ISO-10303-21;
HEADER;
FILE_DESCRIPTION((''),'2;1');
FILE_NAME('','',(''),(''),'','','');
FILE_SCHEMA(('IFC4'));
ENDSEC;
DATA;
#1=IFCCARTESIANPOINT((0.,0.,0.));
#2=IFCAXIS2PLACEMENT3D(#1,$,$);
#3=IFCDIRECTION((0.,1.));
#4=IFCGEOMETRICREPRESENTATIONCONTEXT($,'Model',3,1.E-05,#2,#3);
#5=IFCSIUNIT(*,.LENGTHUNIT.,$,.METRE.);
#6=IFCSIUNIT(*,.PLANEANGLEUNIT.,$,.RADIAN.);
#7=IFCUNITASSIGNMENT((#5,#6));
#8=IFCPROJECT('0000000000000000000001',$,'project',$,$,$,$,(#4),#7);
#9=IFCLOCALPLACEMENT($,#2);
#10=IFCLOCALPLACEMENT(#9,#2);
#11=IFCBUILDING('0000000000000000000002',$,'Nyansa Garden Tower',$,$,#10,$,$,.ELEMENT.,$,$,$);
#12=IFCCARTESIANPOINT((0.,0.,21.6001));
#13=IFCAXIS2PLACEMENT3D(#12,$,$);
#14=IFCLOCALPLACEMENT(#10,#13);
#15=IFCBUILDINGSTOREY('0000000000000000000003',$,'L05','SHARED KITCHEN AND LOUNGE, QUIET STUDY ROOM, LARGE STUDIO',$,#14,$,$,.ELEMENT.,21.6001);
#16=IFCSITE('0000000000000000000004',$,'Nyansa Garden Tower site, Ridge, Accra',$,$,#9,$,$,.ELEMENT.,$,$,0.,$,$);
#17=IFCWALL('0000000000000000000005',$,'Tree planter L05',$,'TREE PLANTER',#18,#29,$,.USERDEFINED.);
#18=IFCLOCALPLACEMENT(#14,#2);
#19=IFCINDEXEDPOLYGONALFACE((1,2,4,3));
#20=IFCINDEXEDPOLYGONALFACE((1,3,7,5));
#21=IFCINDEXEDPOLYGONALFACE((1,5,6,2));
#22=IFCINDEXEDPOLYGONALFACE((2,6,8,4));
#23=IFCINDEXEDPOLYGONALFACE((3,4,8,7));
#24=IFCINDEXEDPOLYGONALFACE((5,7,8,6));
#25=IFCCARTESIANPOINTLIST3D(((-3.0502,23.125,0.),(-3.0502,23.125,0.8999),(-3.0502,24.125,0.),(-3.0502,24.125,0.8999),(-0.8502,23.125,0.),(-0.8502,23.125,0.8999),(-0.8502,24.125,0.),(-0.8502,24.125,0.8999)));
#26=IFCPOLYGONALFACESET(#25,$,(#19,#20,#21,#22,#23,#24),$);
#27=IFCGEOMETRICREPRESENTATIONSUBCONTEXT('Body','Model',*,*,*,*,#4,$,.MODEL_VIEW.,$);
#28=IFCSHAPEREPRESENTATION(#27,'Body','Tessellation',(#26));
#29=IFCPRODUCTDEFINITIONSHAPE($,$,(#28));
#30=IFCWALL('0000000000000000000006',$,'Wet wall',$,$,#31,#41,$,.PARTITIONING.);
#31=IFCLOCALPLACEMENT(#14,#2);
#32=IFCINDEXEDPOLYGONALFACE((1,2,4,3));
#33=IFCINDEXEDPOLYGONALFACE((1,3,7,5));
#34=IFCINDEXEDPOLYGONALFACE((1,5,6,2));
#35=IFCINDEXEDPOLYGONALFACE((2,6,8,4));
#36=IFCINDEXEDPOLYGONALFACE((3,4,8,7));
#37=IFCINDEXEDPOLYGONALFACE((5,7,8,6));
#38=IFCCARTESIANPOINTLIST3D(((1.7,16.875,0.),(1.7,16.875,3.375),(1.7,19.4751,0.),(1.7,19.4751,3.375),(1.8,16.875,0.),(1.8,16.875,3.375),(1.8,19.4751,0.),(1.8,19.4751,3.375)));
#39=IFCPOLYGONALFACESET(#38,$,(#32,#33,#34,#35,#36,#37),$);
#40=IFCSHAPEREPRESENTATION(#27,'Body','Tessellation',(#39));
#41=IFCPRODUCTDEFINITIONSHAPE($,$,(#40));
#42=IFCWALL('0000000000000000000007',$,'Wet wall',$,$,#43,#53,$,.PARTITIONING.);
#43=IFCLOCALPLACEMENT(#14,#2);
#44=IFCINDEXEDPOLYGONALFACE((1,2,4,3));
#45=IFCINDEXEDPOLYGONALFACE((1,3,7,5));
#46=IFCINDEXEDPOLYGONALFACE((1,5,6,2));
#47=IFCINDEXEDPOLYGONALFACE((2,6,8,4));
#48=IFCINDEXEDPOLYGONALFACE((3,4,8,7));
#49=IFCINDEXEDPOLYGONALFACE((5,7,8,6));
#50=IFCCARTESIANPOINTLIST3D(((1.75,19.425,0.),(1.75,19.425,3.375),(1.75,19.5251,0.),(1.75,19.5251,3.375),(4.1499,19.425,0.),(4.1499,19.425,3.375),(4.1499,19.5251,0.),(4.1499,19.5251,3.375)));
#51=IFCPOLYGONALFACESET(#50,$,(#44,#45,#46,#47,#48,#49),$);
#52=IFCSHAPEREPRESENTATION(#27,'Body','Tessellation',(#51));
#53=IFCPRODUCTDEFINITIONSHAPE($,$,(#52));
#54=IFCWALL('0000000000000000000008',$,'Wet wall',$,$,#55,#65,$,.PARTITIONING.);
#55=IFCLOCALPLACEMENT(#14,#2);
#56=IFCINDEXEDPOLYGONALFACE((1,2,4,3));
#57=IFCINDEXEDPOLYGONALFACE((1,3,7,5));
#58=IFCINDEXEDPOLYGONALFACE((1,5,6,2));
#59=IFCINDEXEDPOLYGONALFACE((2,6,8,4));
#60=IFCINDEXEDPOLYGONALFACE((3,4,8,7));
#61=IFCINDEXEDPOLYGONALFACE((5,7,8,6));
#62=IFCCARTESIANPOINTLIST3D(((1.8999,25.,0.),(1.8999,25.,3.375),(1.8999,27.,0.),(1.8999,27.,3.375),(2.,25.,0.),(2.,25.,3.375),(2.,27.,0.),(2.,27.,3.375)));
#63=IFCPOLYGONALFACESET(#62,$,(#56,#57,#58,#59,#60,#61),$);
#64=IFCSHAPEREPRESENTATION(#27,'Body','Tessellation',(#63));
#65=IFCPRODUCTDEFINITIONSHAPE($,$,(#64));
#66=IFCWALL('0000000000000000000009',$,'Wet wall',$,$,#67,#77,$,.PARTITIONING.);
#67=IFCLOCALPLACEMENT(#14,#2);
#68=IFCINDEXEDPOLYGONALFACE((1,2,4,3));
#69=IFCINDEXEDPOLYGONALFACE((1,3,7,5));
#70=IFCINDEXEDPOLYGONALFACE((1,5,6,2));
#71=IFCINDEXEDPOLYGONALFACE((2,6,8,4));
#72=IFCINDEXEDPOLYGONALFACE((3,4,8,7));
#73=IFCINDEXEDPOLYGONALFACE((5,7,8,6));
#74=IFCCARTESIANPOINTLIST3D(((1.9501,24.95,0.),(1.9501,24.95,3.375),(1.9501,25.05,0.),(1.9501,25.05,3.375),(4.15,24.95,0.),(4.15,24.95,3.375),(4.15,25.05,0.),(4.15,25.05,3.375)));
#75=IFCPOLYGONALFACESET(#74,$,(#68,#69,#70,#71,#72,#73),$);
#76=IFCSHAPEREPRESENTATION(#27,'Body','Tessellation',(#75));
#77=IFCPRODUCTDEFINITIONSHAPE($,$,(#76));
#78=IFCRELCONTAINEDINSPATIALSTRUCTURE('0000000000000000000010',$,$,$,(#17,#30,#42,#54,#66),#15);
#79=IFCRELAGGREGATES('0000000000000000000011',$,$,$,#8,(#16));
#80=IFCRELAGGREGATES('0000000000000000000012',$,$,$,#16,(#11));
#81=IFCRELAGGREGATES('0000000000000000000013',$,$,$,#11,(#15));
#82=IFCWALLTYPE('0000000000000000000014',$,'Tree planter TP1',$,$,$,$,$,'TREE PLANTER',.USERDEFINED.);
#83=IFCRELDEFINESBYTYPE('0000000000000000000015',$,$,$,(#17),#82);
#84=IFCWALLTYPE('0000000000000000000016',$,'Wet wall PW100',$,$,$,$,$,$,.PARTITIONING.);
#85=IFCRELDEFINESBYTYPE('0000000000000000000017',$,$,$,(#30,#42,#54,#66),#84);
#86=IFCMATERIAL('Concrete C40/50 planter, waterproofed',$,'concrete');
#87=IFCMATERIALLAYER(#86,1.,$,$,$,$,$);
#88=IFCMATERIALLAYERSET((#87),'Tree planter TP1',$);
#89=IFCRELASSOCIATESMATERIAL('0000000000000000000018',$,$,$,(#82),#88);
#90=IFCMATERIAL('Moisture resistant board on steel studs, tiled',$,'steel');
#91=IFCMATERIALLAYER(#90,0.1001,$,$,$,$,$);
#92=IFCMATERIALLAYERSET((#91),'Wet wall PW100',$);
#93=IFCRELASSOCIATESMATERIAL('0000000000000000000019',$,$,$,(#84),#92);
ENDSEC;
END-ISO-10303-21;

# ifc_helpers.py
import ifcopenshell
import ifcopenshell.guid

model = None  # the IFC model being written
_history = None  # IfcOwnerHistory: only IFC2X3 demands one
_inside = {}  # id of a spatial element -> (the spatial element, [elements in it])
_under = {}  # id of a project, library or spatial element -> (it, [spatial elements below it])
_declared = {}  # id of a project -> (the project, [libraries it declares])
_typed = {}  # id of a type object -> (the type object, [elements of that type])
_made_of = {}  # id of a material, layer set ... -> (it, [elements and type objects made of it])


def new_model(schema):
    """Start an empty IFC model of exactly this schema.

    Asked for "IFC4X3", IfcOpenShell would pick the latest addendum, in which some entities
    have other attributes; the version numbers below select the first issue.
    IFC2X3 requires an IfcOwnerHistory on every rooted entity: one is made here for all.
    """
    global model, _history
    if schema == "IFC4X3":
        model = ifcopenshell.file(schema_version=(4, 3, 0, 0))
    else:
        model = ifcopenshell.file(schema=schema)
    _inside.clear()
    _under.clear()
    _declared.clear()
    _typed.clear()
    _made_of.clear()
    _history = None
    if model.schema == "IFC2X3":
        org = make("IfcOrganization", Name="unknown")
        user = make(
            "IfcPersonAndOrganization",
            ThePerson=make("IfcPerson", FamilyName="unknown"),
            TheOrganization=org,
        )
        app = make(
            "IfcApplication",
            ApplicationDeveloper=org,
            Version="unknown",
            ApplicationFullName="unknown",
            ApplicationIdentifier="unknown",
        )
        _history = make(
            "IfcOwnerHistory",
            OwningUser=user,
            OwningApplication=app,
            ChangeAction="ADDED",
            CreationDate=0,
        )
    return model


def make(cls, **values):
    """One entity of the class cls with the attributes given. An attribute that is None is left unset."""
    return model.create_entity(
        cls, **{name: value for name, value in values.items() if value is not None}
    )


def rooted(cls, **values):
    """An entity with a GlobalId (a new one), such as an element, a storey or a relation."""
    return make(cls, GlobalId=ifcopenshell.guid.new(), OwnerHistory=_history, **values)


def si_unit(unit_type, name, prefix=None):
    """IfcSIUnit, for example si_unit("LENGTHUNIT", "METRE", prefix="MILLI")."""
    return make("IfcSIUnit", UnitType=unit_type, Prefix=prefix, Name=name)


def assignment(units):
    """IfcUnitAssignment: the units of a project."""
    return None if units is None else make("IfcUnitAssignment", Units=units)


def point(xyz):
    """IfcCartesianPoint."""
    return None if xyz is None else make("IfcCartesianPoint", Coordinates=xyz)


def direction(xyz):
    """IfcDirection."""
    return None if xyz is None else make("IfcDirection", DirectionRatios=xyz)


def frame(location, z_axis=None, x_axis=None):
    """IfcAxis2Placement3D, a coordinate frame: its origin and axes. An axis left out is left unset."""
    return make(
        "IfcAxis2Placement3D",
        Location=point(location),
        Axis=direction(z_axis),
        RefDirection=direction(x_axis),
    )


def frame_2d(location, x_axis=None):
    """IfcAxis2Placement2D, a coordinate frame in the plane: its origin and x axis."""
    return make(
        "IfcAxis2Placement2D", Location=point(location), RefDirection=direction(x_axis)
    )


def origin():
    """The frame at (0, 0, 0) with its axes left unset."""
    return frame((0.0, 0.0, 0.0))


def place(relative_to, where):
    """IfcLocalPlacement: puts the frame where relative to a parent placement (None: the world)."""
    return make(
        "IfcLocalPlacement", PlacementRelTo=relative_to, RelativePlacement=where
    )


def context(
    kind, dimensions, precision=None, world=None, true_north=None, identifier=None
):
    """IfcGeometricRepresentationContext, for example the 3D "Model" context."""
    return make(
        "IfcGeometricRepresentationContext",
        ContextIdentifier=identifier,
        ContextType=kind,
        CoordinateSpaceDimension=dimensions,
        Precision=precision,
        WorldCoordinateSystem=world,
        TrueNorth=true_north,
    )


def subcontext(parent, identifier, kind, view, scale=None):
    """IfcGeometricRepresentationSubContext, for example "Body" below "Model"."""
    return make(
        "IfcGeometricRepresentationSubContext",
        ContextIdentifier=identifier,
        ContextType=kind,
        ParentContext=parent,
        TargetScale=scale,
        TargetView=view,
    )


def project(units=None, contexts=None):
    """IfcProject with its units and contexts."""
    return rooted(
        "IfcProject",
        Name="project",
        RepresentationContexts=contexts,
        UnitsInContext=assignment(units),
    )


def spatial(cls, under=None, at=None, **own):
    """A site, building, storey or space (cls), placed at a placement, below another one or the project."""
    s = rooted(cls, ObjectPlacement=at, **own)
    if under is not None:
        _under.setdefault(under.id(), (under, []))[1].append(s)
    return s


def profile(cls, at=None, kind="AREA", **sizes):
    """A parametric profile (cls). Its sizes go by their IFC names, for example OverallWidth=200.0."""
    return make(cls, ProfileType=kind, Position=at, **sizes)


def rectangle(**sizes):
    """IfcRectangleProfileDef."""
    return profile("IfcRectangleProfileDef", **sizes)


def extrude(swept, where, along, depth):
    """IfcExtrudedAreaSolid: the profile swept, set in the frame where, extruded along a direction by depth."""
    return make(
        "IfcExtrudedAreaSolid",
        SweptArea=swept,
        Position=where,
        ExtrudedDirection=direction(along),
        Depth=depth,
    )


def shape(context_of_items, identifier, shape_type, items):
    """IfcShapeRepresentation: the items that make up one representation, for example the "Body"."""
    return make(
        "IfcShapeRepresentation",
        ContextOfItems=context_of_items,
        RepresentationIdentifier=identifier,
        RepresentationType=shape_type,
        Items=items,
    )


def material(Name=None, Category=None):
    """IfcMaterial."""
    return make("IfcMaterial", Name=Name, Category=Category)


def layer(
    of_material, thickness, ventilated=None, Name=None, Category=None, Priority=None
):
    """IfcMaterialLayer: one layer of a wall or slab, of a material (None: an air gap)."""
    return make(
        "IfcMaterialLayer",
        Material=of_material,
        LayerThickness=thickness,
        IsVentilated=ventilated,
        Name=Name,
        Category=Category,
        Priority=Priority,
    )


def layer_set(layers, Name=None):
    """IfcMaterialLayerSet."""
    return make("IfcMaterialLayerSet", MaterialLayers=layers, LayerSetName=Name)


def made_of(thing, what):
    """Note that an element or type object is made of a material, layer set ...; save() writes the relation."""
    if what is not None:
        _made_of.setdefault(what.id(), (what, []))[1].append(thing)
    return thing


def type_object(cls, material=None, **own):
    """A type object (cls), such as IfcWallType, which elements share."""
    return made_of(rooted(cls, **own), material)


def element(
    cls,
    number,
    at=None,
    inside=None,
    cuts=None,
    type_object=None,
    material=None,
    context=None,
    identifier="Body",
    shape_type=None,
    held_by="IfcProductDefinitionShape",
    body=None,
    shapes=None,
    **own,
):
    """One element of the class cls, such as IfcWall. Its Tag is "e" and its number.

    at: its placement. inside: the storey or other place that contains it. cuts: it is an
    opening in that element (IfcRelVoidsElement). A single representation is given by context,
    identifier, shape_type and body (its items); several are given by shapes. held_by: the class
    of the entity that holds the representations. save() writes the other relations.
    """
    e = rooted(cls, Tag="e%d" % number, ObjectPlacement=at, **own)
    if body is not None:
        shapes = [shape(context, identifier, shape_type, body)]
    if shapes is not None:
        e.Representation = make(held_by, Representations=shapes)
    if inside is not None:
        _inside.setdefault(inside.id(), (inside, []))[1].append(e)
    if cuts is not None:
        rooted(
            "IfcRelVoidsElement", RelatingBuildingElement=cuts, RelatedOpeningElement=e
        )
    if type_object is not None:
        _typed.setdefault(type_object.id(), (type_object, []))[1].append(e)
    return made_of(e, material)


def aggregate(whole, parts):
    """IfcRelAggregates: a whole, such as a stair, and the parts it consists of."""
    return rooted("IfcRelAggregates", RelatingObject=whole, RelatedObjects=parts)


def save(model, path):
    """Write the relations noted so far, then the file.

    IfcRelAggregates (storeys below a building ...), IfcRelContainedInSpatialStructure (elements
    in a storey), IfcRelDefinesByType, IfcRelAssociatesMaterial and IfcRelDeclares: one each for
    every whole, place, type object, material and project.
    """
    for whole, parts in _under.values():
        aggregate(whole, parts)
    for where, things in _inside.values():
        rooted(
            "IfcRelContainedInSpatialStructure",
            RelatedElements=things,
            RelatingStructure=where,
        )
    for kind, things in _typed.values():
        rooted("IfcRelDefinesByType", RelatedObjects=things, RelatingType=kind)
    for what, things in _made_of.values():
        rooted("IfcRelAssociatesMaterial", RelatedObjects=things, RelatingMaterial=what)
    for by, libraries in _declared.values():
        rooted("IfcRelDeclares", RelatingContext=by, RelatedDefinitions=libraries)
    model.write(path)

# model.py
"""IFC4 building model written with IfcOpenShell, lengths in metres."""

from ifc_helpers import new_model, si_unit, direction, frame, frame_2d, origin, place, context, subcontext, project, spatial, rectangle, extrude, material, layer, layer_set, type_object, element, save


model = new_model("IFC4")

# Units and contexts
model_context = context("Model", 3, precision=1e-05, world=origin(), true_north=direction((0.0, 1.0)))
body_context = subcontext(model_context, "Body", "Model", "MODEL_VIEW")
ifc_project = project(units=[si_unit("LENGTHUNIT", "METRE"), si_unit("PLANEANGLEUNIT", "RADIAN")], contexts=[model_context])

# Site, building, storey
site_placement = place(None, origin())
site = spatial("IfcSite", under=ifc_project, at=site_placement, Name="Nyansa Garden Tower site, Ridge, Accra", CompositionType="ELEMENT", RefElevation=0.0)
building_placement = place(site_placement, origin())
building = spatial("IfcBuilding", under=site, at=building_placement, Name="Nyansa Garden Tower", CompositionType="ELEMENT")
storey_placement = place(building_placement, frame((0.0, 0.0, 21.6001)))
storey = spatial("IfcBuildingStorey", under=building, at=storey_placement, Name="L05", Description="SHARED KITCHEN AND LOUNGE, QUIET STUDY ROOM, LARGE STUDIO", CompositionType="ELEMENT", Elevation=21.6001)

# Walls
ifc_material_1 = material(Name="Concrete C40/50 planter, waterproofed", Category="concrete")
ifc_layer_1 = layer(ifc_material_1, 1.0)
ifc_layer_set_1 = layer_set([ifc_layer_1], Name="Tree planter TP1")
wall_type_1 = type_object("IfcWallType", Name="Tree planter TP1", ElementType="TREE PLANTER", PredefinedType="USERDEFINED", material=ifc_layer_set_1)
wall_1_placement = place(storey_placement, frame((-0.8501, 23.625, 0.0), z_axis=(0.0, 0.0, 1.0), x_axis=(-1.0, 0.0, 0.0)))
element("IfcWall", 1, at=wall_1_placement, inside=storey, type_object=wall_type_1, Name="Tree planter L05", ObjectType="TREE PLANTER", PredefinedType="USERDEFINED", context=body_context, shape_type="SweptSolid", body=[
    extrude(rectangle(XDim=2.2, YDim=1.0, at=frame_2d((1.1001, 0.0))), origin(), (0.0, 0.0, 1.0), 0.8999),
])
ifc_material_2 = material(Name="Moisture resistant board on steel studs, tiled", Category="steel")
ifc_layer_2 = layer(ifc_material_2, 0.1001)
ifc_layer_set_2 = layer_set([ifc_layer_2], Name="Wet wall PW100")
wall_type_2 = type_object("IfcWallType", Name="Wet wall PW100", PredefinedType="PARTITIONING", material=ifc_layer_set_2)
wall_2_placement = place(storey_placement, frame((1.75, 16.875, 0.0), z_axis=(0.0, 0.0, 1.0), x_axis=(0.0, 1.0, 0.0)))
element("IfcWall", 2, at=wall_2_placement, inside=storey, type_object=wall_type_2, Name="Wet wall", PredefinedType="PARTITIONING", context=body_context, shape_type="SweptSolid", body=[
    extrude(rectangle(XDim=2.6001, YDim=0.1001, at=frame_2d((1.3, 0.0))), origin(), (0.0, 0.0, 1.0), 3.375),
])
wall_3_placement = place(storey_placement, frame((1.75, 19.4751, 0.0), z_axis=(0.0, 0.0, 1.0), x_axis=(1.0, 0.0, 0.0)))
element("IfcWall", 3, at=wall_3_placement, inside=storey, type_object=wall_type_2, Name="Wet wall", PredefinedType="PARTITIONING", context=body_context, shape_type="SweptSolid", body=[
    extrude(rectangle(XDim=2.3999, YDim=0.1001, at=frame_2d((1.2, 0.0))), origin(), (0.0, 0.0, 1.0), 3.375),
])
wall_4_placement = place(storey_placement, frame((1.95, 25.0, 0.0), z_axis=(0.0, 0.0, 1.0), x_axis=(0.0, 1.0, 0.0)))
element("IfcWall", 4, at=wall_4_placement, inside=storey, type_object=wall_type_2, Name="Wet wall", PredefinedType="PARTITIONING", context=body_context, shape_type="SweptSolid", body=[
    extrude(rectangle(XDim=2.0, YDim=0.1001, at=frame_2d((1.0, 0.0))), origin(), (0.0, 0.0, 1.0), 3.375),
])
wall_5_placement = place(storey_placement, frame((1.95, 25.0, 0.0), z_axis=(0.0, 0.0, 1.0), x_axis=(1.0, 0.0, 0.0)))
element("IfcWall", 5, at=wall_5_placement, inside=storey, type_object=wall_type_2, Name="Wet wall", PredefinedType="PARTITIONING", context=body_context, shape_type="SweptSolid", body=[
    extrude(rectangle(XDim=2.2, YDim=0.1001, at=frame_2d((1.1001, 0.0))), origin(), (0.0, 0.0, 1.0), 3.375),
])

save(model, "model.ifc")
